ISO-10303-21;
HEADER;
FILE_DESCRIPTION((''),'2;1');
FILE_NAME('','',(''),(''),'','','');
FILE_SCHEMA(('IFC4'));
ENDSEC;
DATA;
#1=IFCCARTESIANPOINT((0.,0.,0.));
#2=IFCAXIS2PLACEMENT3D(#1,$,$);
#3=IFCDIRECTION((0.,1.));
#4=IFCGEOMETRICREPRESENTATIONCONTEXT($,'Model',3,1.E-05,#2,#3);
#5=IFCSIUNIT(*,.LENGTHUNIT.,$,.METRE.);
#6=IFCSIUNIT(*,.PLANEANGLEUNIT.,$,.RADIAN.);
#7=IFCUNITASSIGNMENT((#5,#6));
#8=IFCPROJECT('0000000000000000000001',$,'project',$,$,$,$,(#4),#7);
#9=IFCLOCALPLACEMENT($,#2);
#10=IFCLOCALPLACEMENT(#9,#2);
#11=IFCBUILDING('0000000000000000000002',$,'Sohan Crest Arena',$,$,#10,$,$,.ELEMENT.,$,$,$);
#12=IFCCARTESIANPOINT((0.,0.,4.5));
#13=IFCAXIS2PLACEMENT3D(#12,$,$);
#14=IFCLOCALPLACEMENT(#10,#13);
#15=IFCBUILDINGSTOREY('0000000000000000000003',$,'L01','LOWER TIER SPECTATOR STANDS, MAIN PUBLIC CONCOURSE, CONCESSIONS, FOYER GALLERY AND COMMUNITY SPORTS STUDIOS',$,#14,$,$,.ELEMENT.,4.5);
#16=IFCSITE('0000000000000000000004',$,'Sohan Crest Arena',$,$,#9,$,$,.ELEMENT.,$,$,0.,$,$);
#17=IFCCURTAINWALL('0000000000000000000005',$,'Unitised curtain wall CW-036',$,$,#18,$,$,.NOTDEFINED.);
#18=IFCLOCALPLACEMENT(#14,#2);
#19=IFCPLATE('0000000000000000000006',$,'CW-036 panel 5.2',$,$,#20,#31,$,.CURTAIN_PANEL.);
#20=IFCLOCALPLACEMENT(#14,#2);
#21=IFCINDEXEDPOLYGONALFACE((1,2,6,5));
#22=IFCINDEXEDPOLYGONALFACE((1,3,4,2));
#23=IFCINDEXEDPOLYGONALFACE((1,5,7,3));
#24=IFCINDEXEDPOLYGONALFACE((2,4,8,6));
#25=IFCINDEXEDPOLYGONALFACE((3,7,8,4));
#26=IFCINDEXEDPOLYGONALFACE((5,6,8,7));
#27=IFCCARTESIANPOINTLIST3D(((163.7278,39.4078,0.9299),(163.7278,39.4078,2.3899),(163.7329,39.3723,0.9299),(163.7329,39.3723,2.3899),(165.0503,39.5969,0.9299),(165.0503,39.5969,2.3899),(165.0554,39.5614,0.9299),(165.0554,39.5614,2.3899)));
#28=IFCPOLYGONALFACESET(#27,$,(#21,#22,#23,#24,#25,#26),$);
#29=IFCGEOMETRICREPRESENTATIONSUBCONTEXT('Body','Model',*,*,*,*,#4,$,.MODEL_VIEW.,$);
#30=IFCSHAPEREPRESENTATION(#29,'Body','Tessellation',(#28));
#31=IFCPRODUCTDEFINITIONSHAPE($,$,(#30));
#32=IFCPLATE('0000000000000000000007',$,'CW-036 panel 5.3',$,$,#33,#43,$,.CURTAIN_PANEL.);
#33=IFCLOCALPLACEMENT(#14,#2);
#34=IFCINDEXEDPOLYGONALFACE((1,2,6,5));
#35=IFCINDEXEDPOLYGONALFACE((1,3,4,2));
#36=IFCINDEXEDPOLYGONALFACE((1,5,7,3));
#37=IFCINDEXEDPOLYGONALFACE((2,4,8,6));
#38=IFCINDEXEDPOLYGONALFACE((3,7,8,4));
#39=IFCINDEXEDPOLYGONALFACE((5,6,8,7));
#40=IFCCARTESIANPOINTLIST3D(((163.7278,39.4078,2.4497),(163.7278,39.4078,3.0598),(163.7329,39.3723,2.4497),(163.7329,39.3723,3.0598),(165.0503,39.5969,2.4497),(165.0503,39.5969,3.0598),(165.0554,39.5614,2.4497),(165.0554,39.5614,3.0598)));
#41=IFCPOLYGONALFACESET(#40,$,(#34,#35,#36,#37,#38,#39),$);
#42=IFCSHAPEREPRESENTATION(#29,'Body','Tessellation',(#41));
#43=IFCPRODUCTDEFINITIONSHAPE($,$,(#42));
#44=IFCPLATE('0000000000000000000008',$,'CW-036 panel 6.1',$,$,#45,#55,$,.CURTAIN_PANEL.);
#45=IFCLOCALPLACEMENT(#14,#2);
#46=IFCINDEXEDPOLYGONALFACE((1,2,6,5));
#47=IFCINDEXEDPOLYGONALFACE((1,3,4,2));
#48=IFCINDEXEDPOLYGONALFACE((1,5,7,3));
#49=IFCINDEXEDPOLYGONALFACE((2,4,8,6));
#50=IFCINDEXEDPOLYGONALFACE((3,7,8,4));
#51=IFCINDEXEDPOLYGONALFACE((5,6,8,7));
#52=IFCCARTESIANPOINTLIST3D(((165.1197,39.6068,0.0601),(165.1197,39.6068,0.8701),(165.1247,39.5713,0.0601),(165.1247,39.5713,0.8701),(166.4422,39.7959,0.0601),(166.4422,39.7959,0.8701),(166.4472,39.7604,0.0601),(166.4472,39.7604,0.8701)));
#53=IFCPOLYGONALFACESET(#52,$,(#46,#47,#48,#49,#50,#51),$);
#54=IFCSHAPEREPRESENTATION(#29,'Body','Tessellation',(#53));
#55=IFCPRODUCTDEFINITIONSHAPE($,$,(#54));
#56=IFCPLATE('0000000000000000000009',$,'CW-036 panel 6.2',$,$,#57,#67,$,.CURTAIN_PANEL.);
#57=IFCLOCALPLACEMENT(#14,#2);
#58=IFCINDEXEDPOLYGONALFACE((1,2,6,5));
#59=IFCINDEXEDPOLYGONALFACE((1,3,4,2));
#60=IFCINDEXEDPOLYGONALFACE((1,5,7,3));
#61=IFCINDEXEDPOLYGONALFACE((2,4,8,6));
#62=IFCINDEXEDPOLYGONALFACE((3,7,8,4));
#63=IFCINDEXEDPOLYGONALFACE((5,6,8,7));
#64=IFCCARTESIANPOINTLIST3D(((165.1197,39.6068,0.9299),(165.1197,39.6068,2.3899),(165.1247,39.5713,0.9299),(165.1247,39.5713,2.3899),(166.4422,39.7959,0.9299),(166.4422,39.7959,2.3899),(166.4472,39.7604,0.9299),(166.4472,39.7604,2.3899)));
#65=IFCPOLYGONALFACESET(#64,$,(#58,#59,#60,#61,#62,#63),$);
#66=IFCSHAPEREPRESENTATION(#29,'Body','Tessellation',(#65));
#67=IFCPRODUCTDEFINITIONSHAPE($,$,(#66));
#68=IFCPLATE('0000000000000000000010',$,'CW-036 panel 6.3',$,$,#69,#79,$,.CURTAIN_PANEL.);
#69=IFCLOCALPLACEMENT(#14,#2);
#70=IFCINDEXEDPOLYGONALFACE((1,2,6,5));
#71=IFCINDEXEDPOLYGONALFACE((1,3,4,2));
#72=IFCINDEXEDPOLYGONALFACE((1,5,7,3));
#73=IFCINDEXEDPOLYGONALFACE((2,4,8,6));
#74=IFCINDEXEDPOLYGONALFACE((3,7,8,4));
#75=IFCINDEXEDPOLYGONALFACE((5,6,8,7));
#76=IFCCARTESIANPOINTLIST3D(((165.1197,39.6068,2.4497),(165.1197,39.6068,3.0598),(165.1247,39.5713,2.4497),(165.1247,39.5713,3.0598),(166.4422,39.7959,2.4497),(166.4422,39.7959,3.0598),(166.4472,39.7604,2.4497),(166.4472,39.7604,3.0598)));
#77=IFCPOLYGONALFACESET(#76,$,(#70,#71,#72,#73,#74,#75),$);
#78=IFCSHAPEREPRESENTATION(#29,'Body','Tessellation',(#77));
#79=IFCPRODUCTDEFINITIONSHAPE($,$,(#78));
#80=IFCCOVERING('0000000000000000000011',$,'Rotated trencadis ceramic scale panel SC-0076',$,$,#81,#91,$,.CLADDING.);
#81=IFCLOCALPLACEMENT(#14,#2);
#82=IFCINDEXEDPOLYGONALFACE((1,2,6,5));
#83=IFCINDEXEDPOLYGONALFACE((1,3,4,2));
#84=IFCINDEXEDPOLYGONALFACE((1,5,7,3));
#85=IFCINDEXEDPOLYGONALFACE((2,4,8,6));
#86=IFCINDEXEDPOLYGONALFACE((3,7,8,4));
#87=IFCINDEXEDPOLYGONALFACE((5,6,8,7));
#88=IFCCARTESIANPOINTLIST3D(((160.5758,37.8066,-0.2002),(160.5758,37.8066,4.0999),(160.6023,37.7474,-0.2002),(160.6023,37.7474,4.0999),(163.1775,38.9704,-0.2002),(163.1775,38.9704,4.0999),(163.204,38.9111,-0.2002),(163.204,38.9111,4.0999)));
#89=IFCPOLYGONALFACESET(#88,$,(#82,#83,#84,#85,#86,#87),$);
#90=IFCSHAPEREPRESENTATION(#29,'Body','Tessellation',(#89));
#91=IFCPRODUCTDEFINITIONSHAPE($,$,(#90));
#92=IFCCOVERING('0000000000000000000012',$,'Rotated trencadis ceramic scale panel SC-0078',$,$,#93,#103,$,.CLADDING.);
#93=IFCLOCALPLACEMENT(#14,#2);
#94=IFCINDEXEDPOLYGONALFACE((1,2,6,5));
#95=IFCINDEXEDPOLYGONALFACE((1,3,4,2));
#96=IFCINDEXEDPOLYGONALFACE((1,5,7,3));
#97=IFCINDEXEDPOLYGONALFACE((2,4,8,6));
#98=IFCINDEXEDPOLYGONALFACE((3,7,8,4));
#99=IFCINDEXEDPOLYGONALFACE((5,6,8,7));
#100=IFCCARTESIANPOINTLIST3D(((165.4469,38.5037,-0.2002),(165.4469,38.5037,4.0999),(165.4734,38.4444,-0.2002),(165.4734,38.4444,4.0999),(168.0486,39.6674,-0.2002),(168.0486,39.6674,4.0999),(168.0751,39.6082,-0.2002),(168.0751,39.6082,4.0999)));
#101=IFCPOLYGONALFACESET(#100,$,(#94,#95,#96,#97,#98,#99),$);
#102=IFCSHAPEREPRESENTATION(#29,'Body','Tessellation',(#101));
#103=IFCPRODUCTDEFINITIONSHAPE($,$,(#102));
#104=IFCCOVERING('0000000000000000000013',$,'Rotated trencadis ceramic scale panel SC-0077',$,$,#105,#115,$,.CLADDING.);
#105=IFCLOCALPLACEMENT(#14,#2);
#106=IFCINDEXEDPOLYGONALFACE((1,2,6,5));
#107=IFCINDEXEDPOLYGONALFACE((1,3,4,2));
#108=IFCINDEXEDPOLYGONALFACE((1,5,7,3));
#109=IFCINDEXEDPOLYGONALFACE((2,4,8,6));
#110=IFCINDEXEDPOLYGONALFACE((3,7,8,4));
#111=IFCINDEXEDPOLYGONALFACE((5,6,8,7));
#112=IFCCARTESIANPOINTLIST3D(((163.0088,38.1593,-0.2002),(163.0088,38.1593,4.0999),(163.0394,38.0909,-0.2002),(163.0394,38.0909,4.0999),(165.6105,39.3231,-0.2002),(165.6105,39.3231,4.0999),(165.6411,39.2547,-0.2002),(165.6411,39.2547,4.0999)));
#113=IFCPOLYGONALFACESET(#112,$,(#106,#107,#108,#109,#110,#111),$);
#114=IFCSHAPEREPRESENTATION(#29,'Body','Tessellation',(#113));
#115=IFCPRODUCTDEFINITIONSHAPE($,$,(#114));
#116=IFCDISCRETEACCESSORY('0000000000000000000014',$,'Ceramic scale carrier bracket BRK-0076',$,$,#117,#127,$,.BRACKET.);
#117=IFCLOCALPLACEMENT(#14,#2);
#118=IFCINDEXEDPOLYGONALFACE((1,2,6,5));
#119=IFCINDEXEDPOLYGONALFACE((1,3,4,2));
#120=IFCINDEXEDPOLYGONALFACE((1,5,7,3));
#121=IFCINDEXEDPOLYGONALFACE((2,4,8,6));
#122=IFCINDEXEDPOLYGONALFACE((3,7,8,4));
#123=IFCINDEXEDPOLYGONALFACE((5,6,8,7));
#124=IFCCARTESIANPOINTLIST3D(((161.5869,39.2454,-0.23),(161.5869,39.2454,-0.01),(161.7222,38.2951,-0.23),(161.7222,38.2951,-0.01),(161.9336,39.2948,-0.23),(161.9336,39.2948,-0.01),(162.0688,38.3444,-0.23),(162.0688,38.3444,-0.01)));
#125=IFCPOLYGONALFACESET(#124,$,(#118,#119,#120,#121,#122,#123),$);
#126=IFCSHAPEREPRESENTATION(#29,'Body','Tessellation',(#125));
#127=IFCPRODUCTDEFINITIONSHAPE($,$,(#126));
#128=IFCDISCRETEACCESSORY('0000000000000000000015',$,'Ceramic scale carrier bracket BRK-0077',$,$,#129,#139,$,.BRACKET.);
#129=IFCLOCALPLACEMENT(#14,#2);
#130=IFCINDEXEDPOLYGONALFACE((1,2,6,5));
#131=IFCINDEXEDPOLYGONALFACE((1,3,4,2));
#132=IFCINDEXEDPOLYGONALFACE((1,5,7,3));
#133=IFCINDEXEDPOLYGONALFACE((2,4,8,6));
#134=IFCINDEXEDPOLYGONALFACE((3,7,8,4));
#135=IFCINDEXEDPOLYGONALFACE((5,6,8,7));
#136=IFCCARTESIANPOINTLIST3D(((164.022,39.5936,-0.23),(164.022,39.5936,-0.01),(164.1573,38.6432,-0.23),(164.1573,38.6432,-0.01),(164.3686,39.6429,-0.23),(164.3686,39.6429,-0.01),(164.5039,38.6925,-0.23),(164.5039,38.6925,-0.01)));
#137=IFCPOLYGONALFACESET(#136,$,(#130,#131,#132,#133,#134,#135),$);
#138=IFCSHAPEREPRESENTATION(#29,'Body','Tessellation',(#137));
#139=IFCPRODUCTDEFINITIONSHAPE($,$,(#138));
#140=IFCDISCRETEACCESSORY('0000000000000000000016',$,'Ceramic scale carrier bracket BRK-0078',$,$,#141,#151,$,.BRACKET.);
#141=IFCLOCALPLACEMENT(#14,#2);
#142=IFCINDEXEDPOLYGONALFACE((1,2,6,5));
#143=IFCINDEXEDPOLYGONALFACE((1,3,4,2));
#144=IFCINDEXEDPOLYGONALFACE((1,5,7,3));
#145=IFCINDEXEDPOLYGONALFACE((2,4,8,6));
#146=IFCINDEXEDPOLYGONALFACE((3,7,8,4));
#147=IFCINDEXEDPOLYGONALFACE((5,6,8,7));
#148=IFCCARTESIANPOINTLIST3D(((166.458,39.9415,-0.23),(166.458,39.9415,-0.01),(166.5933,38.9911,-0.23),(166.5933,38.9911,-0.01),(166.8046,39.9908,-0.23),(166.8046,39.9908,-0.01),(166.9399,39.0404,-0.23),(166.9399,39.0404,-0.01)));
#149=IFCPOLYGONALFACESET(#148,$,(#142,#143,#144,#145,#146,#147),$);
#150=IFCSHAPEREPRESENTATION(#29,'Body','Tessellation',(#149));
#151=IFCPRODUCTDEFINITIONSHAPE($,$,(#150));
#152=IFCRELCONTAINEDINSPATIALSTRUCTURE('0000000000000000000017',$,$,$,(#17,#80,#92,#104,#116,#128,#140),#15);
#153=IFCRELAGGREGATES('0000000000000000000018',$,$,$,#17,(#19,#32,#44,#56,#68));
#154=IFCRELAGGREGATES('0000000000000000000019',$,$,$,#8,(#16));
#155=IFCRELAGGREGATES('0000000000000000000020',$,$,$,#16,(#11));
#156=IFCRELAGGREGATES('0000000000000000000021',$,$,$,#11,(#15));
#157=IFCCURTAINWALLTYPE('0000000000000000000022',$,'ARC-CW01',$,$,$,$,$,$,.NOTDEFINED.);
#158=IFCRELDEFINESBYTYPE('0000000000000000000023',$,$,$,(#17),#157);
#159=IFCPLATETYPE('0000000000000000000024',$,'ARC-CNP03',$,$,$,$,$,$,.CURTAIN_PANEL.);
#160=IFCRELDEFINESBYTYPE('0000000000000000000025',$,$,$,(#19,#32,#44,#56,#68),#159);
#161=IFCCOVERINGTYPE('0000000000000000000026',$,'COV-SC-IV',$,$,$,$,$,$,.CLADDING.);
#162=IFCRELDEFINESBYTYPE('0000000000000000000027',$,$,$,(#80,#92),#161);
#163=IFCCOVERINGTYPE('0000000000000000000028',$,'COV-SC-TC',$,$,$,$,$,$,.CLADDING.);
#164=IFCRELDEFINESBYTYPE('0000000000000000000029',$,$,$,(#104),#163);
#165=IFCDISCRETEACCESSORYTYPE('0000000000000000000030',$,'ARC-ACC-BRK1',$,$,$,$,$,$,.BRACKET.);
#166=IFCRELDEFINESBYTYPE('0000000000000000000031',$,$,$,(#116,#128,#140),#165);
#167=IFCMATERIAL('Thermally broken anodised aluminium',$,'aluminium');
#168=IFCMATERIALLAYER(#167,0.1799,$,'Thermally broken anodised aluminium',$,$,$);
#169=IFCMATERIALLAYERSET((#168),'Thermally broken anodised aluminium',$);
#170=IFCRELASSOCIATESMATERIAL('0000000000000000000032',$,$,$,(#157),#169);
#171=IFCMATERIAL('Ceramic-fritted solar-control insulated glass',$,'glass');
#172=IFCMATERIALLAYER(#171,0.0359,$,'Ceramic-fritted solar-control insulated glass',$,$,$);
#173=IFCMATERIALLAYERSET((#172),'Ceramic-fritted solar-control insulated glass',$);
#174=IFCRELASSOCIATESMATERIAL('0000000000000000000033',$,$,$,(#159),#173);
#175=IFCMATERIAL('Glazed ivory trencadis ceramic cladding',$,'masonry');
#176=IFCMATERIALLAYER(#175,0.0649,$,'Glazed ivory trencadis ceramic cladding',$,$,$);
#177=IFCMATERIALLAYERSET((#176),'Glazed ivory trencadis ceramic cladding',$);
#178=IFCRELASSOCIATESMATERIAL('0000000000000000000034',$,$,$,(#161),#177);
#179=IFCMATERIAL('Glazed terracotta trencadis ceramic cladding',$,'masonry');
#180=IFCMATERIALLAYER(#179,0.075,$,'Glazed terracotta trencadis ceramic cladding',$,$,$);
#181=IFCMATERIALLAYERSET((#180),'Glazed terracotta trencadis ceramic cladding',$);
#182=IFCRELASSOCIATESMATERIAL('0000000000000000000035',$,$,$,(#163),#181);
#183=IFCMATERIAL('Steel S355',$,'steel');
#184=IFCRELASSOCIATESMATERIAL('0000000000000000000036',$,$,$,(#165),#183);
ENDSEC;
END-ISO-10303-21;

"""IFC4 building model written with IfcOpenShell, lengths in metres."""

from ifc_helpers import new_model, si_unit, direction, frame, origin, origin_2d, place, context, subcontext, project, spatial, rectangle, extrude, material, layer, layer_set, type_object, element, aggregate, save


model = new_model("IFC4")

# Units and contexts
model_context = context("Model", 3, precision=1e-05, world=origin(), true_north=direction((0.0, 1.0)))
body_context = subcontext(model_context, "Body", "Model", "MODEL_VIEW")
ifc_project = project(units=[si_unit("LENGTHUNIT", "METRE"), si_unit("PLANEANGLEUNIT", "RADIAN")], contexts=[model_context])

# Site, building, storey
site_placement = place(None, origin())
site = spatial("IfcSite", under=ifc_project, at=site_placement, Name="Sohan Crest Arena", CompositionType="ELEMENT", RefElevation=0.0)
building_placement = place(site_placement, origin())
building = spatial("IfcBuilding", under=site, at=building_placement, Name="Sohan Crest Arena", CompositionType="ELEMENT")
storey_placement = place(building_placement, frame((0.0, 0.0, 4.5)))
storey = spatial("IfcBuildingStorey", under=building, at=storey_placement, Name="L01", Description="LOWER TIER SPECTATOR STANDS, MAIN PUBLIC CONCOURSE, CONCESSIONS, FOYER GALLERY AND COMMUNITY SPORTS STUDIOS", CompositionType="ELEMENT", Elevation=4.5)

# Curtain wall, plates
ifc_material_1 = material(Name="Thermally broken anodised aluminium", Category="aluminium")
ifc_layer_1 = layer(ifc_material_1, 0.1799, Name="Thermally broken anodised aluminium")
ifc_layer_set_1 = layer_set([ifc_layer_1], Name="Thermally broken anodised aluminium")
curtain_wall_type = type_object("IfcCurtainWallType", Name="ARC-CW01", PredefinedType="NOTDEFINED", material=ifc_layer_set_1)
curtain_wall_placement = place(storey_placement, origin())
curtain_wall = element("IfcCurtainWall", 1, at=curtain_wall_placement, inside=storey, type_object=curtain_wall_type, Name="Unitised curtain wall CW-036", PredefinedType="NOTDEFINED")
ifc_material_2 = material(Name="Ceramic-fritted solar-control insulated glass", Category="glass")
ifc_layer_2 = layer(ifc_material_2, 0.0359, Name="Ceramic-fritted solar-control insulated glass")
ifc_layer_set_2 = layer_set([ifc_layer_2], Name="Ceramic-fritted solar-control insulated glass")
plate_type = type_object("IfcPlateType", Name="ARC-CNP03", PredefinedType="CURTAIN_PANEL", material=ifc_layer_set_2)
plate_1_placement = place(storey_placement, frame((164.3916, 39.4846, 0.9299), z_axis=(0.0, 0.0, 1.0), x_axis=(0.989931, 0.141549, 0.0)))
plate_1 = element("IfcPlate", 2, at=plate_1_placement, type_object=plate_type, Name="CW-036 panel 5.2", PredefinedType="CURTAIN_PANEL", context=body_context, shape_type="SweptSolid", body=[
    extrude(rectangle(XDim=1.3359, YDim=0.0359, at=origin_2d()), origin(), (0.0, 0.0, 1.0), 1.46),
])
plate_2_placement = place(storey_placement, frame((164.3916, 39.4846, 2.4497), z_axis=(0.0, 0.0, 1.0), x_axis=(0.989931, 0.141549, 0.0)))
plate_2 = element("IfcPlate", 3, at=plate_2_placement, type_object=plate_type, Name="CW-036 panel 5.3", PredefinedType="CURTAIN_PANEL", context=body_context, shape_type="SweptSolid", body=[
    extrude(rectangle(XDim=1.3359, YDim=0.0359, at=origin_2d()), origin(), (0.0, 0.0, 1.0), 0.6101),
])
plate_3_placement = place(storey_placement, frame((165.7834, 39.6836, 0.0601), z_axis=(0.0, 0.0, 1.0), x_axis=(0.989931, 0.141549, 0.0)))
plate_3 = element("IfcPlate", 4, at=plate_3_placement, type_object=plate_type, Name="CW-036 panel 6.1", PredefinedType="CURTAIN_PANEL", context=body_context, shape_type="SweptSolid", body=[
    extrude(rectangle(XDim=1.3359, YDim=0.0359, at=origin_2d()), origin(), (0.0, 0.0, 1.0), 0.8101),
])
plate_4_placement = place(storey_placement, frame((165.7834, 39.6836, 0.9299), z_axis=(0.0, 0.0, 1.0), x_axis=(0.989931, 0.141549, 0.0)))
plate_4 = element("IfcPlate", 5, at=plate_4_placement, type_object=plate_type, Name="CW-036 panel 6.2", PredefinedType="CURTAIN_PANEL", context=body_context, shape_type="SweptSolid", body=[
    extrude(rectangle(XDim=1.3359, YDim=0.0359, at=origin_2d()), origin(), (0.0, 0.0, 1.0), 1.46),
])
plate_5_placement = place(storey_placement, frame((165.7834, 39.6836, 2.4497), z_axis=(0.0, 0.0, 1.0), x_axis=(0.989931, 0.141549, 0.0)))
plate_5 = element("IfcPlate", 6, at=plate_5_placement, type_object=plate_type, Name="CW-036 panel 6.3", PredefinedType="CURTAIN_PANEL", context=body_context, shape_type="SweptSolid", body=[
    extrude(rectangle(XDim=1.3359, YDim=0.0359, at=origin_2d()), origin(), (0.0, 0.0, 1.0), 0.6101),
])
aggregate(curtain_wall, [plate_1, plate_2, plate_3, plate_4, plate_5])

# Coverings
ifc_material_3 = material(Name="Glazed ivory trencadis ceramic cladding", Category="masonry")
ifc_layer_3 = layer(ifc_material_3, 0.0649, Name="Glazed ivory trencadis ceramic cladding")
ifc_layer_set_3 = layer_set([ifc_layer_3], Name="Glazed ivory trencadis ceramic cladding")
covering_type_1 = type_object("IfcCoveringType", Name="COV-SC-IV", PredefinedType="CLADDING", material=ifc_layer_set_3)
for number, where, z_axis, x_axis, name in (
    (7, (161.8899, 38.3589, -0.2002), (0.0, 0.0, 1.0), (0.912834, 0.40833, 0.0), "Rotated trencadis ceramic scale panel SC-0076"),
    (8, (166.761, 39.0559, -0.2002), (0.0, 0.0, 1.0), (0.912834, 0.40833, 0.0), "Rotated trencadis ceramic scale panel SC-0078"),
):
    element("IfcCovering", number, at=place(storey_placement, frame(where, z_axis=z_axis, x_axis=x_axis)), inside=storey, type_object=covering_type_1, Name=name, PredefinedType="CLADDING", context=body_context, shape_type="SweptSolid", body=[
        extrude(rectangle(XDim=2.8501, YDim=0.0649, at=origin_2d()), origin(), (0.0, 0.0, 1.0), 4.3),
    ])
ifc_material_4 = material(Name="Glazed terracotta trencadis ceramic cladding", Category="masonry")
ifc_layer_4 = layer(ifc_material_4, 0.075, Name="Glazed terracotta trencadis ceramic cladding")
ifc_layer_set_4 = layer_set([ifc_layer_4], Name="Glazed terracotta trencadis ceramic cladding")
covering_type_2 = type_object("IfcCoveringType", Name="COV-SC-TC", PredefinedType="CLADDING", material=ifc_layer_set_4)
covering_placement = place(storey_placement, frame((164.325, 38.707, -0.2002), z_axis=(0.0, 0.0, 1.0), x_axis=(0.912834, 0.40833, 0.0)))
element("IfcCovering", 9, at=covering_placement, inside=storey, type_object=covering_type_2, Name="Rotated trencadis ceramic scale panel SC-0077", PredefinedType="CLADDING", context=body_context, shape_type="SweptSolid", body=[
    extrude(rectangle(XDim=2.8501, YDim=0.075, at=origin_2d()), origin(), (0.0, 0.0, 1.0), 4.3),
])

# Discrete accessories
ifc_material_5 = material(Name="Steel S355", Category="steel")
discrete_accessory_type = type_object("IfcDiscreteAccessoryType", Name="ARC-ACC-BRK1", PredefinedType="BRACKET", material=ifc_material_5)
for number, where, z_axis, x_axis, name in (
    (10, (161.8279, 38.7949, -0.23), (0.0, 0.0, 1.0), (0.990024, 0.140901, 0.0), "Ceramic scale carrier bracket BRK-0076"),
    (11, (164.2629, 39.1431, -0.23), (0.0, 0.0, 1.0), (0.990024, 0.140901, 0.0), "Ceramic scale carrier bracket BRK-0077"),
    (12, (166.699, 39.491, -0.23), (0.0, 0.0, 1.0), (0.990024, 0.140901, 0.0), "Ceramic scale carrier bracket BRK-0078"),
):
    element("IfcDiscreteAccessory", number, at=place(storey_placement, frame(where, z_axis=z_axis, x_axis=x_axis)), inside=storey, type_object=discrete_accessory_type, Name=name, PredefinedType="BRACKET", context=body_context, shape_type="SweptSolid", body=[
        extrude(rectangle(XDim=0.3501, YDim=0.96, at=origin_2d()), origin(), (0.0, 0.0, 1.0), 0.22),
    ])

save(model, "model.ifc")
